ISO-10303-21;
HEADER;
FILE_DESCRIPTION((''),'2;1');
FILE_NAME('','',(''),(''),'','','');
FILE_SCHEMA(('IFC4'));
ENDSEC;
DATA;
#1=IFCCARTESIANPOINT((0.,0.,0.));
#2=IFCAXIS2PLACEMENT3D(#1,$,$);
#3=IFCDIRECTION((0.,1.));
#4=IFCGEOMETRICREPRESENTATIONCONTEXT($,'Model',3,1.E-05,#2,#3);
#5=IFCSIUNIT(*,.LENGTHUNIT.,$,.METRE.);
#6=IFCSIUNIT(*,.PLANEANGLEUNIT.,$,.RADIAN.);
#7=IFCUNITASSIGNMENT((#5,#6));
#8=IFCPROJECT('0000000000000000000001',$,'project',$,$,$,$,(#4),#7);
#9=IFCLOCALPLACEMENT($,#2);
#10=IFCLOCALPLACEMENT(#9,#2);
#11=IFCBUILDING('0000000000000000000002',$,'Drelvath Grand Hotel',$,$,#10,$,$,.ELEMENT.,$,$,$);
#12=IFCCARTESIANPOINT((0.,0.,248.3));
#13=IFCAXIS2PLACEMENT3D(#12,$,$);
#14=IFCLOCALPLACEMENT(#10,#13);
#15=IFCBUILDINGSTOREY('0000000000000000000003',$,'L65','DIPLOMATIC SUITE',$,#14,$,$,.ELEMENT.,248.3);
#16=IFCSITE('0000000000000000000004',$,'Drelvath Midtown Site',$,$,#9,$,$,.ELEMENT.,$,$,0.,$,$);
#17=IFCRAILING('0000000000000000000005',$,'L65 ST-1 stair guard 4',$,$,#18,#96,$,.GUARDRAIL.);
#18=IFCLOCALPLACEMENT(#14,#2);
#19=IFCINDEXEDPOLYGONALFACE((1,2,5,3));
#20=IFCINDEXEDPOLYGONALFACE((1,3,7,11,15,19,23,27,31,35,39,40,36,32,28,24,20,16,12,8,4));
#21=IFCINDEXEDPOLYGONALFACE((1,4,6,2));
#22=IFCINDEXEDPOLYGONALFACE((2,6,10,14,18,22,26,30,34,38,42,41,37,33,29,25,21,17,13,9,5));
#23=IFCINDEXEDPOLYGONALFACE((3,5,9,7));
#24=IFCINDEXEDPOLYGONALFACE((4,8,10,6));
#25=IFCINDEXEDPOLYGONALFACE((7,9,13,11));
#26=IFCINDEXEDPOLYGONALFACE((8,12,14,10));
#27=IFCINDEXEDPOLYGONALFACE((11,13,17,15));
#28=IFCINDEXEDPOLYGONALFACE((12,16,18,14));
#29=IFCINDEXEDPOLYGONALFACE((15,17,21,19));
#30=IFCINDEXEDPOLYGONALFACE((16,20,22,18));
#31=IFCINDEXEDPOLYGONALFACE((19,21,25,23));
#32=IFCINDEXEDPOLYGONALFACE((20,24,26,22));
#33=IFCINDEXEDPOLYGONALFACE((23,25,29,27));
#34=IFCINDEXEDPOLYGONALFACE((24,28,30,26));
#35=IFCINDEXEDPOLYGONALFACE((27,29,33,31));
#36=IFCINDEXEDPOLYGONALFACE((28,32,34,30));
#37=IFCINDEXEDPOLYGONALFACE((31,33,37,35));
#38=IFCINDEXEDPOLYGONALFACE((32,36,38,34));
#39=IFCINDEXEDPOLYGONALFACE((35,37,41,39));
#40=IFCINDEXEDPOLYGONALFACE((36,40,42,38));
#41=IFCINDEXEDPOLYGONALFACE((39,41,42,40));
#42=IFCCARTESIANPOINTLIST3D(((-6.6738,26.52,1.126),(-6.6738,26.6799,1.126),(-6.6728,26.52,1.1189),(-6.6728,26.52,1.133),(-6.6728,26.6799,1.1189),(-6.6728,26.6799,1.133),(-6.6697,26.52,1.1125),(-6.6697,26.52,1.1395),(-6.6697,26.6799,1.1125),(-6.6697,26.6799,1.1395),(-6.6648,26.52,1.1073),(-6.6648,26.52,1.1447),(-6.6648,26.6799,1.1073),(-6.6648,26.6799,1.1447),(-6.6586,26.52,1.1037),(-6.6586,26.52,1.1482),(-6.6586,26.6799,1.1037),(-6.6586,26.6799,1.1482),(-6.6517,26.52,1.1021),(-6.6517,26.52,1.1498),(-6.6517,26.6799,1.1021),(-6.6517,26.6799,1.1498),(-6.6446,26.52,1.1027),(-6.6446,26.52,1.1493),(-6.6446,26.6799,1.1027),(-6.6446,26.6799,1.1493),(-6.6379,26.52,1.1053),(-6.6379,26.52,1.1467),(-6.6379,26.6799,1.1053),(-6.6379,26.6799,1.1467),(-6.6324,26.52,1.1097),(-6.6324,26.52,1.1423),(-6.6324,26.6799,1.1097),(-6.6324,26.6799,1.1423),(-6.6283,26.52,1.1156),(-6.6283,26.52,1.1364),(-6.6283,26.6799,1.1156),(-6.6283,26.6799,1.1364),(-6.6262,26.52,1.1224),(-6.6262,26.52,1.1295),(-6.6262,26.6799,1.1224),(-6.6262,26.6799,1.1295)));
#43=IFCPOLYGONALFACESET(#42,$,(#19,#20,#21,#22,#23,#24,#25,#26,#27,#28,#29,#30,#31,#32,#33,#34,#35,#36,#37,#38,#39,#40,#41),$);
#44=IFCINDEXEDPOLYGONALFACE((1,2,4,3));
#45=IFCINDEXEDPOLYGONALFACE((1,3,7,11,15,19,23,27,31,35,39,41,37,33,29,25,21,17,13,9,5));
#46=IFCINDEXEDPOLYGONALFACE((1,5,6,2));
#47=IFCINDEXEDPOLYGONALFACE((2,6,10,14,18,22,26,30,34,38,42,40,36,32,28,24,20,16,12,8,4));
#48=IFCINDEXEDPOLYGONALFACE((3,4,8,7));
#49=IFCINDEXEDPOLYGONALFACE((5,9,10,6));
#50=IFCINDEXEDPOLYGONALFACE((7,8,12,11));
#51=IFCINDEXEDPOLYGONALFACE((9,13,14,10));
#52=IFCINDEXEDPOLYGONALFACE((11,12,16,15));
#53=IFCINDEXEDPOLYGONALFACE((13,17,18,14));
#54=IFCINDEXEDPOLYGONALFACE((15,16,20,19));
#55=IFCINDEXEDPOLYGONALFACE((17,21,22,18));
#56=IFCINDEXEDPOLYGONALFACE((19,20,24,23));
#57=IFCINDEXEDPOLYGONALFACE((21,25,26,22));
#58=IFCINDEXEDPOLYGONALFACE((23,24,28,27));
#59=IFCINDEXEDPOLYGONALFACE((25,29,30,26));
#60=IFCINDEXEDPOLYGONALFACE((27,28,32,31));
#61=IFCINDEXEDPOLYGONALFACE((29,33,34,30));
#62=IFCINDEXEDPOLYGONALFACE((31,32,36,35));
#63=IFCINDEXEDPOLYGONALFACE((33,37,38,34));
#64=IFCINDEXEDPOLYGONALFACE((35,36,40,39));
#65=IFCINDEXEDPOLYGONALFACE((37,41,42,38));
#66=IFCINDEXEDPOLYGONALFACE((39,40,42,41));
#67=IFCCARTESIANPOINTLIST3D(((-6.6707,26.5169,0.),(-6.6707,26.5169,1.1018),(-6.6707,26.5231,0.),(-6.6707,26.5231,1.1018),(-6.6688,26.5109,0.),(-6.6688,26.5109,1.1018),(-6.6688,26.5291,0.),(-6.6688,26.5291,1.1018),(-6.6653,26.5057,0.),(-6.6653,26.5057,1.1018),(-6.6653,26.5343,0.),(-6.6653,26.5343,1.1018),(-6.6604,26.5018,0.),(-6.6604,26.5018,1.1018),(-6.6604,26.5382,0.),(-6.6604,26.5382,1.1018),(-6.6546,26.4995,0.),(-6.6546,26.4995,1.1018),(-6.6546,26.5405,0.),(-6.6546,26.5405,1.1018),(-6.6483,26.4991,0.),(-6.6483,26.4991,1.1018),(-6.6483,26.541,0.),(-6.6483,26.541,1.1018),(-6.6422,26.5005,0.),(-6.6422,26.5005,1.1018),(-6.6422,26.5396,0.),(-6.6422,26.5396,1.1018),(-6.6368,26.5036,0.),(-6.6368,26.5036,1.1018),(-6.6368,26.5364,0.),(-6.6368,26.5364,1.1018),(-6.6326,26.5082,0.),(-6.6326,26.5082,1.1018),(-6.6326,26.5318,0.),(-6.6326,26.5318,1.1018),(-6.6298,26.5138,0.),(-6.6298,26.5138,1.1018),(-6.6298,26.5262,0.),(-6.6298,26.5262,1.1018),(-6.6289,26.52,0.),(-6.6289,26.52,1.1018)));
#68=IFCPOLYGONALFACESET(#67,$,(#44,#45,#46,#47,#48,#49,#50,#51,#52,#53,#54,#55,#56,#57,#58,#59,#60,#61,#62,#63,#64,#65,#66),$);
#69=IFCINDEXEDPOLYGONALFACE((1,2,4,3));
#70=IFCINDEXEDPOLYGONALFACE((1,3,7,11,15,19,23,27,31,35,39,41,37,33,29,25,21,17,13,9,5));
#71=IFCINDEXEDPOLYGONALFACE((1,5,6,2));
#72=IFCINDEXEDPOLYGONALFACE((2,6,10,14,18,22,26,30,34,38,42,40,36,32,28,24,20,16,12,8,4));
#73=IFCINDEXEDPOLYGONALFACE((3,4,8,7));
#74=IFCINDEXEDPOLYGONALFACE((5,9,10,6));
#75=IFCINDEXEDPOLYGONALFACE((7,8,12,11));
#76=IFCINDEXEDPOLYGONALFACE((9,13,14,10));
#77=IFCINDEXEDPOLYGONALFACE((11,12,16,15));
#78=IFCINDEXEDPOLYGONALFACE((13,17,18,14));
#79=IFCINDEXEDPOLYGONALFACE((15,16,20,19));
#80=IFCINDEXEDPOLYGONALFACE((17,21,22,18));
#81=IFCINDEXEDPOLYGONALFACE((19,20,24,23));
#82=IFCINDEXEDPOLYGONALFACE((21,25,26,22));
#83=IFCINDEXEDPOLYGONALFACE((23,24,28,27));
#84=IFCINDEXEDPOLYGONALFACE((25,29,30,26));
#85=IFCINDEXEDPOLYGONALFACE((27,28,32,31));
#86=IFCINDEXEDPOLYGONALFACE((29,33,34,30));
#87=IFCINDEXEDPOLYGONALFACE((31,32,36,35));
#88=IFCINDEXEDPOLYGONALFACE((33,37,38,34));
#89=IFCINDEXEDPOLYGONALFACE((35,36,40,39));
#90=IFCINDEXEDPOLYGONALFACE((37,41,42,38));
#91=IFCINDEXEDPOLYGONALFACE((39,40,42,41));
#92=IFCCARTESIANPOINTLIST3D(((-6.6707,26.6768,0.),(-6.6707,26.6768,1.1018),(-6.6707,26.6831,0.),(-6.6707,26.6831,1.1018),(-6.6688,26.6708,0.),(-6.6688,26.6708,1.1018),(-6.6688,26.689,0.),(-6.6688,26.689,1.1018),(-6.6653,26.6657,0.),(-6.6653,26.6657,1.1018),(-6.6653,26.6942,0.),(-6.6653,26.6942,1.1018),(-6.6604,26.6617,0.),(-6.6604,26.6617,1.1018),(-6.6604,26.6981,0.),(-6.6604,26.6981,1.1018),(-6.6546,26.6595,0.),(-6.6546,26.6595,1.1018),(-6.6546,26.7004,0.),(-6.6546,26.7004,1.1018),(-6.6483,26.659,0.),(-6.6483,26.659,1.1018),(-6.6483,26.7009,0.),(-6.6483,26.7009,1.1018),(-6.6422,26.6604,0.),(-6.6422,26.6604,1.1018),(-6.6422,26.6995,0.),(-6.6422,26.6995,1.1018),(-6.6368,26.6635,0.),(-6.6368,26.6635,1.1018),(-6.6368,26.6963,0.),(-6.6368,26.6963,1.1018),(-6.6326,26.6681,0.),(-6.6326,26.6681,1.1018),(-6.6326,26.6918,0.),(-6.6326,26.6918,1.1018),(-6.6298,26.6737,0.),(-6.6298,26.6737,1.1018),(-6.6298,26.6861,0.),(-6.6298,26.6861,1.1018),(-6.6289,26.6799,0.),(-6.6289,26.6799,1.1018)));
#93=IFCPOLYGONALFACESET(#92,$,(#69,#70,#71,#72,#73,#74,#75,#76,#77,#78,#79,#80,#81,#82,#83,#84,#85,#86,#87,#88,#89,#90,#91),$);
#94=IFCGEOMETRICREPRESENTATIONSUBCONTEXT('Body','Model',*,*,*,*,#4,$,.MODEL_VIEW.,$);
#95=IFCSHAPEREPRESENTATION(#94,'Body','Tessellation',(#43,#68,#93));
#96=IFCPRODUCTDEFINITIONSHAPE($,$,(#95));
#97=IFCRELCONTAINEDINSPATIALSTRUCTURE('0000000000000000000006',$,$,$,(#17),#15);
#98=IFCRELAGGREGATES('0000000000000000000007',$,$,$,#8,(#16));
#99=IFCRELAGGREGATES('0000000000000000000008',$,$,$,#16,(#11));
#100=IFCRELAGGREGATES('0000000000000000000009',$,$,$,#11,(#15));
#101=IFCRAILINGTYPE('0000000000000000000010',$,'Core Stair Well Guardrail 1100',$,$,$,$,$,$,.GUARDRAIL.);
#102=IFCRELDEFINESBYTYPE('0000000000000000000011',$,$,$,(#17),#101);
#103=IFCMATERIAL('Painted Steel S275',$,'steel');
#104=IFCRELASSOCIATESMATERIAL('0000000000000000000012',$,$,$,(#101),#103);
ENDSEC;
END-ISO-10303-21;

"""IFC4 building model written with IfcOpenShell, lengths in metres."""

from ifc_helpers import new_model, si_unit, direction, frame, origin, origin_2d, place, context, subcontext, project, spatial, circle, extrude, material, type_object, element, save


model = new_model("IFC4")

# Units and contexts
model_context = context("Model", 3, precision=1e-05, world=origin(), true_north=direction((0.0, 1.0)))
body_context = subcontext(model_context, "Body", "Model", "MODEL_VIEW")
ifc_project = project(units=[si_unit("LENGTHUNIT", "METRE"), si_unit("PLANEANGLEUNIT", "RADIAN")], contexts=[model_context])

# Site, building, storey
site_placement = place(None, origin())
site = spatial("IfcSite", under=ifc_project, at=site_placement, Name="Drelvath Midtown Site", CompositionType="ELEMENT", RefElevation=0.0)
building_placement = place(site_placement, origin())
building = spatial("IfcBuilding", under=site, at=building_placement, Name="Drelvath Grand Hotel", CompositionType="ELEMENT")
storey_placement = place(building_placement, frame((0.0, 0.0, 248.3)))
storey = spatial("IfcBuildingStorey", under=building, at=storey_placement, Name="L65", Description="DIPLOMATIC SUITE", CompositionType="ELEMENT", Elevation=248.3)

# Shared definitions
ifc_material_1 = material(Name="Painted Steel S275", Category="steel")

# Railing
railing_type_1 = type_object("IfcRailingType", Name="Core Stair Well Guardrail 1100", PredefinedType="GUARDRAIL", material=ifc_material_1)
railing_1_placement = place(storey_placement, frame((-6.6499, 26.52, 0.0)))
element("IfcRailing", 1, at=railing_1_placement, inside=storey, type_object=railing_type_1, Name="L65 ST-1 stair guard 4", PredefinedType="GUARDRAIL", context=body_context, shape_type="SweptSolid", body=[
    extrude(circle(Radius=0.0239, at=origin_2d()), frame((0.0, 0.0, 1.126), z_axis=(0.0, 1.0, 0.0), x_axis=(-1.0, 0.0, 0.0)), (0.0, 0.0, 1.0), 0.1599),
    extrude(circle(Radius=0.021, at=origin_2d()), origin(), (0.0, 0.0, 1.0), 1.1018),
    extrude(circle(Radius=0.021, at=origin_2d()), frame((0.0, 0.1599, 0.0)), (0.0, 0.0, 1.0), 1.1018),
])

save(model, "model.ifc")
